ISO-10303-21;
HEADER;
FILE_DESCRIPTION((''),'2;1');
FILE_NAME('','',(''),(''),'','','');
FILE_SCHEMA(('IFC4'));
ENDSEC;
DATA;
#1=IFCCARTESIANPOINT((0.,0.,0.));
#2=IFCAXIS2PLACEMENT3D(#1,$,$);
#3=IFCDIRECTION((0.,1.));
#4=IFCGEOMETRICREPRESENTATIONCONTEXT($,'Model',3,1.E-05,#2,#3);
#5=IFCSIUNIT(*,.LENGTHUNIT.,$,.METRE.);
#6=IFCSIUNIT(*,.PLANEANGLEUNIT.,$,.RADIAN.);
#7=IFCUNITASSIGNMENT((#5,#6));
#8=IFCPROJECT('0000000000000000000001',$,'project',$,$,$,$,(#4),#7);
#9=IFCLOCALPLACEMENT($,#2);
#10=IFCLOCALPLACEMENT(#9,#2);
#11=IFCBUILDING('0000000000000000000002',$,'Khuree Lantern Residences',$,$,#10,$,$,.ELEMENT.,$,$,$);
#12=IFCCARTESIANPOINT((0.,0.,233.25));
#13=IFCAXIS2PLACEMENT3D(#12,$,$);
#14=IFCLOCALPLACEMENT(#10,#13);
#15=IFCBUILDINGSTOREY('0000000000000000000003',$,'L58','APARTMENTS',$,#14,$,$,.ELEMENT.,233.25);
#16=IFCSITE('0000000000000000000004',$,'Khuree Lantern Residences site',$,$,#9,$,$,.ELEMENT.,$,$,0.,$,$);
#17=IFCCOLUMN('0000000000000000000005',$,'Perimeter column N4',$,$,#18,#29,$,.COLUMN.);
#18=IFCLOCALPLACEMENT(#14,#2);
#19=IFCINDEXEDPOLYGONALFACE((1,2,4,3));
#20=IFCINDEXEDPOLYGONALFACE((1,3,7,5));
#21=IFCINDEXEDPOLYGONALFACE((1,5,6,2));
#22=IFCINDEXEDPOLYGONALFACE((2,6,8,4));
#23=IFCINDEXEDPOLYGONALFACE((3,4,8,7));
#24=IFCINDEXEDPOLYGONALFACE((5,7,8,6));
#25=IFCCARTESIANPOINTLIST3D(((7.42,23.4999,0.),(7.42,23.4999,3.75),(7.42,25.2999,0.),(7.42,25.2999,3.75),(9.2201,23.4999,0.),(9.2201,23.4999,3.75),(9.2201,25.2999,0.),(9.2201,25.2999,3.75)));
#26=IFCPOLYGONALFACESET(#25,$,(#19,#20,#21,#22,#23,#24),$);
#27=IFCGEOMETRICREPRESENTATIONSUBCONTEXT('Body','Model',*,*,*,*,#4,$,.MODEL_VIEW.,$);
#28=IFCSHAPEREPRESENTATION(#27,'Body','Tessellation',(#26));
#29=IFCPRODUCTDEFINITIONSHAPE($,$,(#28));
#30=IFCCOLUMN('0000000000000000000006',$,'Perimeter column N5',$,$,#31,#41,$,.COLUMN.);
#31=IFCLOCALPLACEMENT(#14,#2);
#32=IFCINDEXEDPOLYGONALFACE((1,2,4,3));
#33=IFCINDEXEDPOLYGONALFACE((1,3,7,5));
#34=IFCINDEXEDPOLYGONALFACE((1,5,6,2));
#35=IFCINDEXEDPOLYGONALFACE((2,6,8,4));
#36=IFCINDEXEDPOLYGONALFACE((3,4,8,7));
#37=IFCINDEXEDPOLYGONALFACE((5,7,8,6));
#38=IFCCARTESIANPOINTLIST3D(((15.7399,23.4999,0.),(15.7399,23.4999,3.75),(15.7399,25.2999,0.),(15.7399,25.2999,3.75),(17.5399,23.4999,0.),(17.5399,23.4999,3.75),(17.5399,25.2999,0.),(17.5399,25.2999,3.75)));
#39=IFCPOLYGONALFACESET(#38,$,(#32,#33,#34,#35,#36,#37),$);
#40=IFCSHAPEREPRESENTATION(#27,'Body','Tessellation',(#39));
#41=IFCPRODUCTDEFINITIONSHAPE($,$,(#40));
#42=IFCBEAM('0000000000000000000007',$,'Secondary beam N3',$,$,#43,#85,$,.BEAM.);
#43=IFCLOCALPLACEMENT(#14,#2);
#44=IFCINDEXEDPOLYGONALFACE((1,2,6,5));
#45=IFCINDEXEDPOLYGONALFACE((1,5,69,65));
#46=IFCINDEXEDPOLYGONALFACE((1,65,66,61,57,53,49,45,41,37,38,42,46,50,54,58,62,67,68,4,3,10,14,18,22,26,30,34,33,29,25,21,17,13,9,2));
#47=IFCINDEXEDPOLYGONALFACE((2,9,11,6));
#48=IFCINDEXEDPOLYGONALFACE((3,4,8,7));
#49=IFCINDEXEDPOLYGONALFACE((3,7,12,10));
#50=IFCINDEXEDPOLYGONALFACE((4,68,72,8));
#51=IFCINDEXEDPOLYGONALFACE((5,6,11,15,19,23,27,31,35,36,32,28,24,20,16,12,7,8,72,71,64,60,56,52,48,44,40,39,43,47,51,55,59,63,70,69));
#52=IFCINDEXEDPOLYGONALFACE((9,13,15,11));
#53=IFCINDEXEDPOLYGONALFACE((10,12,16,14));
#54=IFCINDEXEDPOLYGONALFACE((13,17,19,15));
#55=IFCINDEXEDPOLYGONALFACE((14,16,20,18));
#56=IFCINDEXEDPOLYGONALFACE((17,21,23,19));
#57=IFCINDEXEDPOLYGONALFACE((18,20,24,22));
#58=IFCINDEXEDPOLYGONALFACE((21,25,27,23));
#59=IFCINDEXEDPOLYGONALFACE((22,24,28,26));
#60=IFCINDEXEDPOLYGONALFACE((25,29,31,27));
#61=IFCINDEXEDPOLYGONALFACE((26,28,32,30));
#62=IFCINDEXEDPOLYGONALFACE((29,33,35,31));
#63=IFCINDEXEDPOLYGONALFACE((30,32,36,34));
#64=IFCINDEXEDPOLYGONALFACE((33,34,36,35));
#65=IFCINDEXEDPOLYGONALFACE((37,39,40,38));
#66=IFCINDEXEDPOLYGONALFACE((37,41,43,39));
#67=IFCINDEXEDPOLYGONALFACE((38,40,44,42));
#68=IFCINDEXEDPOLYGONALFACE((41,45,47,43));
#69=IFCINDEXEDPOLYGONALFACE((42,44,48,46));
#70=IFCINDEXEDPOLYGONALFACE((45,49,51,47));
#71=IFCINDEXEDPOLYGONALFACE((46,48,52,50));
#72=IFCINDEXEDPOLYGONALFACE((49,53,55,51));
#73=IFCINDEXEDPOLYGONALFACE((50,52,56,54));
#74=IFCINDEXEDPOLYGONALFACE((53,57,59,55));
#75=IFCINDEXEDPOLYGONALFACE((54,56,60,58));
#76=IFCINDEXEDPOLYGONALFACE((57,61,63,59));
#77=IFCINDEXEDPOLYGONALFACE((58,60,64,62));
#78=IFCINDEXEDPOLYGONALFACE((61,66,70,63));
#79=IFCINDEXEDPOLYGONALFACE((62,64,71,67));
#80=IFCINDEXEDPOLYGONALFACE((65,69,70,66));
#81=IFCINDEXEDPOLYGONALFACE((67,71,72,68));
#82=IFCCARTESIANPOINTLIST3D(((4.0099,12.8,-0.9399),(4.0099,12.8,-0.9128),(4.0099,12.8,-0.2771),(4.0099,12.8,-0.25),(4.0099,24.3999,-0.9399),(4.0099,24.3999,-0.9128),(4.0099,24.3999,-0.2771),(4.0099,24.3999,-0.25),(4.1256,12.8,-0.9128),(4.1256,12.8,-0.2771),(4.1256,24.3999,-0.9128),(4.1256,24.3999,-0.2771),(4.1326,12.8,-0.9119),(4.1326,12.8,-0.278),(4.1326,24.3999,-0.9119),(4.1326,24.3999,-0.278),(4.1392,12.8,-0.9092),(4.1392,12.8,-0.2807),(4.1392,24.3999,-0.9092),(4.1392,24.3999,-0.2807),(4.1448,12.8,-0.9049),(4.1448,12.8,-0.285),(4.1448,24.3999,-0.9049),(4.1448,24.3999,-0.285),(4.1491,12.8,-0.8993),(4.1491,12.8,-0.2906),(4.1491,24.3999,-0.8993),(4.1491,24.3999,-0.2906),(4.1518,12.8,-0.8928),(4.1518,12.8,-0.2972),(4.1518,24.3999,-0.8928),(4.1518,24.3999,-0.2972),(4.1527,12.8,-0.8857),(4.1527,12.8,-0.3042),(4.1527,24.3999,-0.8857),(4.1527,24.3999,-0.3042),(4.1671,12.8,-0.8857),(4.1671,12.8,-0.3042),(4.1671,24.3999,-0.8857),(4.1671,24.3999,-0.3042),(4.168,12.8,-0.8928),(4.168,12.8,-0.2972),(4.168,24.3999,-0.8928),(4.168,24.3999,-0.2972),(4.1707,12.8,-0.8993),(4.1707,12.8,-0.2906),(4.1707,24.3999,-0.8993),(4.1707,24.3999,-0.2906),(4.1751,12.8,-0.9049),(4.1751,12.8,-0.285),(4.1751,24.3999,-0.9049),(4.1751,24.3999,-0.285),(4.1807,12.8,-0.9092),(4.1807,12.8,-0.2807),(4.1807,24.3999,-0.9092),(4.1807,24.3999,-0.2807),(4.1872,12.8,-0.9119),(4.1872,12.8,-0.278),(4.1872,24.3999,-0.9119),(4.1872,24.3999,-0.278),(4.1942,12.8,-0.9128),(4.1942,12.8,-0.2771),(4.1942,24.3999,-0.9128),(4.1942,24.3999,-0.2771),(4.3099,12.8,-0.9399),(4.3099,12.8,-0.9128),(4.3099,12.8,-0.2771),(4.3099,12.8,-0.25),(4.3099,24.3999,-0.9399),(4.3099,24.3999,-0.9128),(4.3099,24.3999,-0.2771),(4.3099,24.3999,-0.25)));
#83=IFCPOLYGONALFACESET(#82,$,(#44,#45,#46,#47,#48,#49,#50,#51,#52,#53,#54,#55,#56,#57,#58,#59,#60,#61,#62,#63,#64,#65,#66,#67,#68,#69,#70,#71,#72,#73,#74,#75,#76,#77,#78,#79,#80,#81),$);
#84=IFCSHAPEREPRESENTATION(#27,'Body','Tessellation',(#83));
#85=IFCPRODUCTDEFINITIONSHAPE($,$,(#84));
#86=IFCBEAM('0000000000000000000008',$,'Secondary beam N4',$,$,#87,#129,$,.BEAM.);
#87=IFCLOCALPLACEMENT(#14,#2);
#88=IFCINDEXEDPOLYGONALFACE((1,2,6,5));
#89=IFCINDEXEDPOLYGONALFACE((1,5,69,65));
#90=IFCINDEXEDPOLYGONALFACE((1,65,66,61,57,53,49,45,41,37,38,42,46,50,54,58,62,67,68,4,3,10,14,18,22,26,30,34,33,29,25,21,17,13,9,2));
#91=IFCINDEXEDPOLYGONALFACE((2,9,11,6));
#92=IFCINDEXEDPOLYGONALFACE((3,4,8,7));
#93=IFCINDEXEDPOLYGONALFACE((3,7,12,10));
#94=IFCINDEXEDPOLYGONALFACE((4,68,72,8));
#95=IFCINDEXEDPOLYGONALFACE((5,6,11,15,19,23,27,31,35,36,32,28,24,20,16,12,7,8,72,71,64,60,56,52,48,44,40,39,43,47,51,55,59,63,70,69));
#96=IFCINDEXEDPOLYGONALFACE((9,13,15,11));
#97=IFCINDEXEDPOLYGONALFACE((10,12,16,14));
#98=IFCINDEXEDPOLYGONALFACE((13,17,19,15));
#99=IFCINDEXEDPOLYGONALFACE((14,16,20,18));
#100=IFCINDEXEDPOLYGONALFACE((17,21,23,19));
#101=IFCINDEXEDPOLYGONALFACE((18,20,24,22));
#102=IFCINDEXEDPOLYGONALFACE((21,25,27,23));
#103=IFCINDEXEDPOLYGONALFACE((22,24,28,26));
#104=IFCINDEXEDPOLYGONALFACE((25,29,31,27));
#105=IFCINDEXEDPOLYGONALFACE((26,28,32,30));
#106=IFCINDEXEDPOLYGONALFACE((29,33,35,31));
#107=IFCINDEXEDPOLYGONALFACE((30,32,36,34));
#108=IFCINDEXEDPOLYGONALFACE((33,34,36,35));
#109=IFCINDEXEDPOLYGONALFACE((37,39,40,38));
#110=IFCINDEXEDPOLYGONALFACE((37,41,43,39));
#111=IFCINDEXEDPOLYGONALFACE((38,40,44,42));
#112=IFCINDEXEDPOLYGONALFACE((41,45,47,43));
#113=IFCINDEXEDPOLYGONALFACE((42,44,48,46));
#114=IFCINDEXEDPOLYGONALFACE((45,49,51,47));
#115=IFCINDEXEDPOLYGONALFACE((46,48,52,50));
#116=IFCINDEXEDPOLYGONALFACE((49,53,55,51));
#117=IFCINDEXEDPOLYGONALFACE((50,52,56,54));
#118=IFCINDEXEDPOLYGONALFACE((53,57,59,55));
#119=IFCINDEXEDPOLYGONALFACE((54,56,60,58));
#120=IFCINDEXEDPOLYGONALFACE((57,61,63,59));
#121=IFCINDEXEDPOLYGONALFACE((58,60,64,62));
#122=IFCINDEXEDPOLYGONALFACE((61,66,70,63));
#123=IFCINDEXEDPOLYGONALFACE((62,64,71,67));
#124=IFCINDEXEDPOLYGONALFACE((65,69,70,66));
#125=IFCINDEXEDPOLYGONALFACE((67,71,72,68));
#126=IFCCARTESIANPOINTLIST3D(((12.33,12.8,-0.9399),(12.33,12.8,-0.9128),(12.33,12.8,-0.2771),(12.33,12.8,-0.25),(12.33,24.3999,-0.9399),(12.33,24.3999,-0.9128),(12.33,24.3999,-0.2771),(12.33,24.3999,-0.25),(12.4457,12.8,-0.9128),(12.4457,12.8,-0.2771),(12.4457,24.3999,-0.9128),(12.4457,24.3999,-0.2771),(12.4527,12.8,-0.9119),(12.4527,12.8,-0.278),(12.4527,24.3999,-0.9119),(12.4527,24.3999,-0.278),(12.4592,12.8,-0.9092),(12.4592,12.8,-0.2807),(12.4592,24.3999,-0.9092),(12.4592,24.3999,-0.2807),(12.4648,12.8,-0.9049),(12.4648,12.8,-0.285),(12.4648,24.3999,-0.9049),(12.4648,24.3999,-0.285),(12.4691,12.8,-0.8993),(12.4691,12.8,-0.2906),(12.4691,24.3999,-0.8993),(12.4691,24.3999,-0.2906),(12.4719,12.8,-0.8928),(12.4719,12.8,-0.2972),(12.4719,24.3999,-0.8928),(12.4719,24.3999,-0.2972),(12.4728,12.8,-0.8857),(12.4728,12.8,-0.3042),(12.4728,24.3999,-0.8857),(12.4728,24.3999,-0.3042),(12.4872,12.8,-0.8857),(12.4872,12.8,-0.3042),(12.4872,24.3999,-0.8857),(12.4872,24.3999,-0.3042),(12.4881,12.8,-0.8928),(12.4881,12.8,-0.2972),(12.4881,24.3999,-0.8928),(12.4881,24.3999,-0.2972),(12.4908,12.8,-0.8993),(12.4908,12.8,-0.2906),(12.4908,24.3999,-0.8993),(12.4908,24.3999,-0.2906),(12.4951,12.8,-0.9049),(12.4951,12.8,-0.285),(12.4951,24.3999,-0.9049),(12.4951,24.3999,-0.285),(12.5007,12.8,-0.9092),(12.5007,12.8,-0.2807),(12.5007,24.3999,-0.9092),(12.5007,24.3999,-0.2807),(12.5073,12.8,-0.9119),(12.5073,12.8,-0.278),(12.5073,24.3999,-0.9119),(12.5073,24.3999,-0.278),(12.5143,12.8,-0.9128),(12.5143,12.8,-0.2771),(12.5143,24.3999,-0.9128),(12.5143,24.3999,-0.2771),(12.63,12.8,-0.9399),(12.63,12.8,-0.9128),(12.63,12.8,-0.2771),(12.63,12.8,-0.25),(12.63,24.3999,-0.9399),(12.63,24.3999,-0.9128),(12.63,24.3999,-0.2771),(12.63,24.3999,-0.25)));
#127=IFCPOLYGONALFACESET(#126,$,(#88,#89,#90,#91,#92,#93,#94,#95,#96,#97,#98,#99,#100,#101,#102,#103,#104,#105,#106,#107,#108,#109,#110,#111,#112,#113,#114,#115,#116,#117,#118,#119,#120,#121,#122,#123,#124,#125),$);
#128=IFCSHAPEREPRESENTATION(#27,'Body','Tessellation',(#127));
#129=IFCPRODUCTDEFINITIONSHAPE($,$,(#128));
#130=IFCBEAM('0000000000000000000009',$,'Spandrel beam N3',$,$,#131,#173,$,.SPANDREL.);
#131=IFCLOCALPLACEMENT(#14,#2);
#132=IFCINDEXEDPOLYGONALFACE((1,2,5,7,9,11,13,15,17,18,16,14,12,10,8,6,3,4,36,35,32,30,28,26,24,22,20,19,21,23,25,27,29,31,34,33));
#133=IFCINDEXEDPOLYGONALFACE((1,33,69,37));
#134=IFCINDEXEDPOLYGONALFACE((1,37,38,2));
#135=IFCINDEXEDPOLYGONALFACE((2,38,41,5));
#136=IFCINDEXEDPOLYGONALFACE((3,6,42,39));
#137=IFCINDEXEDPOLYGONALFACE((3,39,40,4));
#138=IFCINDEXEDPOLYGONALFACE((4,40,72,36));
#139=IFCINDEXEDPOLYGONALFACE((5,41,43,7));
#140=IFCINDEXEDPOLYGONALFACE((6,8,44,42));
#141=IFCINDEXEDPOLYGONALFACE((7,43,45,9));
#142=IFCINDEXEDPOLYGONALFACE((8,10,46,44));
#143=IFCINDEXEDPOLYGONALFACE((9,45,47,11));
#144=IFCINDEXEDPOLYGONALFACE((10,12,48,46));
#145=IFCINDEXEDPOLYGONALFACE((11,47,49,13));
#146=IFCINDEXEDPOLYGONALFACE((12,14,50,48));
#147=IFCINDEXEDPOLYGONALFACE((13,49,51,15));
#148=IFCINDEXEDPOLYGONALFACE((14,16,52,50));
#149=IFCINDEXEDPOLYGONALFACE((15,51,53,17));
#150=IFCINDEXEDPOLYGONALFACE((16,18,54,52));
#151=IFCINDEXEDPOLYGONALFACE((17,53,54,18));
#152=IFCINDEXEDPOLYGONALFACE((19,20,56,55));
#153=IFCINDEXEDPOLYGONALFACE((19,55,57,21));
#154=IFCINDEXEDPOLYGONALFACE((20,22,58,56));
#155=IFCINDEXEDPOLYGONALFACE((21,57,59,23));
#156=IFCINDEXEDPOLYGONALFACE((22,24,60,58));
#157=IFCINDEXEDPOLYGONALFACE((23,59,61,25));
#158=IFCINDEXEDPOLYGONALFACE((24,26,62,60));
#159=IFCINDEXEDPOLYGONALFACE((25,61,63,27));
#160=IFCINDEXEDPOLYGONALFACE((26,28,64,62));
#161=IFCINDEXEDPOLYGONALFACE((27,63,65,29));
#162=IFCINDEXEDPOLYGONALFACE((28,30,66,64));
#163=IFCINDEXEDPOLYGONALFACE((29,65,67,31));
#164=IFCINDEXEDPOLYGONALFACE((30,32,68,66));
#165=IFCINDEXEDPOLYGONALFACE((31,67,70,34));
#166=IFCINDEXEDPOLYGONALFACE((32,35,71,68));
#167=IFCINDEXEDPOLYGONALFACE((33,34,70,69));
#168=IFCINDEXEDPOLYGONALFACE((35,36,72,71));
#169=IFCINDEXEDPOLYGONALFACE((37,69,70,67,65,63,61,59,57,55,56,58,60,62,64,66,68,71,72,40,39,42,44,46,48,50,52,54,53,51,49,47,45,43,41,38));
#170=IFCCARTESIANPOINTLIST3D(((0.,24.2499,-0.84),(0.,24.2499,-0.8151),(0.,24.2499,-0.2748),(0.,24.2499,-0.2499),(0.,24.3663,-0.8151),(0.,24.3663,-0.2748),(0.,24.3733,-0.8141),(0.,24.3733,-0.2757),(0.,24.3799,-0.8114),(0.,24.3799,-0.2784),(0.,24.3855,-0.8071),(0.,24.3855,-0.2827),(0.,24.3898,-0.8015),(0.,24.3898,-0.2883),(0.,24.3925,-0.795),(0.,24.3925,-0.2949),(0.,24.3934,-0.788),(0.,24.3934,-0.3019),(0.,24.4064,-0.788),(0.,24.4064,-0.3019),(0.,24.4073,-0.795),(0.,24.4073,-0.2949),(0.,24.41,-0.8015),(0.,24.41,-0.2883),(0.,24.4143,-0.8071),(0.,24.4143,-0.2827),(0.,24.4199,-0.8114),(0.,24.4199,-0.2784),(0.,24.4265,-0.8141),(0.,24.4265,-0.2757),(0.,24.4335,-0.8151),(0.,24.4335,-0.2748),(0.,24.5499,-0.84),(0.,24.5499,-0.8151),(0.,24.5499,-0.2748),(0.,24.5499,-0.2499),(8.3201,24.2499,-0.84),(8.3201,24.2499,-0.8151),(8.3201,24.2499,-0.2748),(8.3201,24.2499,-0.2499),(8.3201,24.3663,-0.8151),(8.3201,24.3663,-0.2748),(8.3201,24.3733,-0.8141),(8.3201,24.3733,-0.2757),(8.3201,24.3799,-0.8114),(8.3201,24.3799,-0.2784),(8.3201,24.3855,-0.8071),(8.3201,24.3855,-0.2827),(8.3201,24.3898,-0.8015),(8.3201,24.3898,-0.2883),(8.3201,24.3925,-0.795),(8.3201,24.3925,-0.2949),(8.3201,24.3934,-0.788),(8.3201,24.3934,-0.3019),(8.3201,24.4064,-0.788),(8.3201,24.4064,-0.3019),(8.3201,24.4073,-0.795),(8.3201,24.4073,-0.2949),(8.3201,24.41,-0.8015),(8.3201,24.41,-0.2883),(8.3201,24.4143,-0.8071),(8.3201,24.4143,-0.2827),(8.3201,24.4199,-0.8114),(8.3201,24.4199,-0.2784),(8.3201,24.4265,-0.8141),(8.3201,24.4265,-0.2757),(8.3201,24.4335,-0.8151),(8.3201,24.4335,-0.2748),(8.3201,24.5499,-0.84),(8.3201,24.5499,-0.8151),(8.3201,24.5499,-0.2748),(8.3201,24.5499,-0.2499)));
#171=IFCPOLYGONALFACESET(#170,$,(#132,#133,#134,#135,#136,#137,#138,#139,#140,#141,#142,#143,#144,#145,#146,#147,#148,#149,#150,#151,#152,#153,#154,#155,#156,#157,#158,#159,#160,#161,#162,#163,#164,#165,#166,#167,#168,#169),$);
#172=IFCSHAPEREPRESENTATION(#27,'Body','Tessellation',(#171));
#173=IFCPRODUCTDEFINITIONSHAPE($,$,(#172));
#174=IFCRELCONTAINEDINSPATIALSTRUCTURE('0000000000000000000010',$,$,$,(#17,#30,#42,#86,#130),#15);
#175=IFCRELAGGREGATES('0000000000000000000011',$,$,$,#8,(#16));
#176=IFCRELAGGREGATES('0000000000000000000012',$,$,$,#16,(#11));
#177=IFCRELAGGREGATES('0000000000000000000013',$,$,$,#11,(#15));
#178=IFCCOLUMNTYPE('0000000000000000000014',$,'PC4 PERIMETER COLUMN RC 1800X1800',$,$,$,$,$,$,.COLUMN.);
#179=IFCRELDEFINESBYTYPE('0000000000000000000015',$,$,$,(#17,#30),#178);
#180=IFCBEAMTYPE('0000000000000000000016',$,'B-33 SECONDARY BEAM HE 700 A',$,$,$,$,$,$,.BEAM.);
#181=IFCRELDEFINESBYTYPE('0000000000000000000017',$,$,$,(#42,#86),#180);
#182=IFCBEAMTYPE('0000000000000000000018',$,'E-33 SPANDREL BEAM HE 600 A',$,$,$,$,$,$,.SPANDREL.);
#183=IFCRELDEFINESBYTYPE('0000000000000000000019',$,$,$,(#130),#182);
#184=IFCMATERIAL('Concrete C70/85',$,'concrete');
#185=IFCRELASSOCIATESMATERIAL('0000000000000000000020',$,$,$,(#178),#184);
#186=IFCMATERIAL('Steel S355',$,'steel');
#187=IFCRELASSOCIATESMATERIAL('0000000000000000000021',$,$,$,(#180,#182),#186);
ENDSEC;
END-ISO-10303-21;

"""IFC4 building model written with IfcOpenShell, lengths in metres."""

from ifc_helpers import new_model, si_unit, direction, frame, origin, origin_2d, place, context, subcontext, project, spatial, rectangle, i_section, extrude, material, material_profile, profile_set, type_object, element, save


model = new_model("IFC4")

# Units and contexts
model_context = context("Model", 3, precision=1e-05, world=origin(), true_north=direction((0.0, 1.0)))
body_context = subcontext(model_context, "Body", "Model", "MODEL_VIEW")
ifc_project = project(units=[si_unit("LENGTHUNIT", "METRE"), si_unit("PLANEANGLEUNIT", "RADIAN")], contexts=[model_context])

# Site, building, storey
site_placement = place(None, origin())
site = spatial("IfcSite", under=ifc_project, at=site_placement, Name="Khuree Lantern Residences site", CompositionType="ELEMENT", RefElevation=0.0)
building_placement = place(site_placement, origin())
building = spatial("IfcBuilding", under=site, at=building_placement, Name="Khuree Lantern Residences", CompositionType="ELEMENT")
storey_placement = place(building_placement, frame((0.0, 0.0, 233.25)))
storey = spatial("IfcBuildingStorey", under=building, at=storey_placement, Name="L58", Description="APARTMENTS", CompositionType="ELEMENT", Elevation=233.25)

# Columns
ifc_material_1 = material(Name="Concrete C70/85", Category="concrete")
ifc_material_profile_1 = material_profile(ifc_material_1, rectangle(XDim=1.8, YDim=1.8, at=origin_2d()), Name="RC 1800X1800")
ifc_profile_set_1 = profile_set([ifc_material_profile_1], Name="Concrete C70/85")
column_type = type_object("IfcColumnType", Name="PC4 PERIMETER COLUMN RC 1800X1800", PredefinedType="COLUMN", material=ifc_profile_set_1)
for number, where, z_axis, x_axis, name in (
    (1, (8.3201, 24.3999, 0.0), (0.0, 0.0, 1.0), (1.0, 0.0, 0.0), "Perimeter column N4"),
    (2, (16.6399, 24.3999, 0.0), (0.0, 0.0, 1.0), (1.0, 0.0, 0.0), "Perimeter column N5"),
):
    element("IfcColumn", number, at=place(storey_placement, frame(where, z_axis=z_axis, x_axis=x_axis)), inside=storey, type_object=column_type, Name=name, PredefinedType="COLUMN", context=body_context, shape_type="SweptSolid", body=[
        extrude(rectangle(XDim=1.8, YDim=1.8, at=origin_2d()), origin(), (0.0, 0.0, 1.0), 3.75),
    ])

# Beams
ifc_material_2 = material(Name="Steel S355", Category="steel")
ifc_material_profile_2 = material_profile(ifc_material_2, i_section(OverallWidth=0.3, OverallDepth=0.6899, WebThickness=0.0144, FlangeThickness=0.0271, FilletRadius=0.0271, at=origin_2d()), Name="HE 700 A")
ifc_profile_set_2 = profile_set([ifc_material_profile_2], Name="Steel S355")
beam_type_1 = type_object("IfcBeamType", Name="B-33 SECONDARY BEAM HE 700 A", PredefinedType="BEAM", material=ifc_profile_set_2)
for number, where, z_axis, x_axis, name in (
    (3, (4.1599, 24.3999, -0.595), (0.0, -1.0, 0.0), (1.0, 0.0, 0.0), "Secondary beam N3"),
    (4, (12.48, 24.3999, -0.595), (0.0, -1.0, 0.0), (1.0, 0.0, 0.0), "Secondary beam N4"),
):
    element("IfcBeam", number, at=place(storey_placement, frame(where, z_axis=z_axis, x_axis=x_axis)), inside=storey, type_object=beam_type_1, Name=name, PredefinedType="BEAM", context=body_context, shape_type="SweptSolid", body=[
        extrude(i_section(OverallWidth=0.3, OverallDepth=0.6899, WebThickness=0.0144, FlangeThickness=0.0271, FilletRadius=0.0271, at=origin_2d()), origin(), (0.0, 0.0, 1.0), 11.5999),
    ])
ifc_material_profile_3 = material_profile(ifc_material_2, i_section(OverallWidth=0.3, OverallDepth=0.5901, WebThickness=0.0129, FlangeThickness=0.0249, FilletRadius=0.0271, at=origin_2d()), Name="HE 600 A")
ifc_profile_set_3 = profile_set([ifc_material_profile_3], Name="Steel S355")
beam_type_2 = type_object("IfcBeamType", Name="E-33 SPANDREL BEAM HE 600 A", PredefinedType="SPANDREL", material=ifc_profile_set_3)
beam_1_placement = place(storey_placement, frame((0.0, 24.3999, -0.5449), z_axis=(1.0, 0.0, 0.0), x_axis=(0.0, 1.0, 0.0)))
element("IfcBeam", 5, at=beam_1_placement, inside=storey, type_object=beam_type_2, Name="Spandrel beam N3", PredefinedType="SPANDREL", context=body_context, shape_type="SweptSolid", body=[
    extrude(i_section(OverallWidth=0.3, OverallDepth=0.5901, WebThickness=0.0129, FlangeThickness=0.0249, FilletRadius=0.0271, at=origin_2d()), origin(), (0.0, 0.0, 1.0), 8.3201),
])

save(model, "model.ifc")
